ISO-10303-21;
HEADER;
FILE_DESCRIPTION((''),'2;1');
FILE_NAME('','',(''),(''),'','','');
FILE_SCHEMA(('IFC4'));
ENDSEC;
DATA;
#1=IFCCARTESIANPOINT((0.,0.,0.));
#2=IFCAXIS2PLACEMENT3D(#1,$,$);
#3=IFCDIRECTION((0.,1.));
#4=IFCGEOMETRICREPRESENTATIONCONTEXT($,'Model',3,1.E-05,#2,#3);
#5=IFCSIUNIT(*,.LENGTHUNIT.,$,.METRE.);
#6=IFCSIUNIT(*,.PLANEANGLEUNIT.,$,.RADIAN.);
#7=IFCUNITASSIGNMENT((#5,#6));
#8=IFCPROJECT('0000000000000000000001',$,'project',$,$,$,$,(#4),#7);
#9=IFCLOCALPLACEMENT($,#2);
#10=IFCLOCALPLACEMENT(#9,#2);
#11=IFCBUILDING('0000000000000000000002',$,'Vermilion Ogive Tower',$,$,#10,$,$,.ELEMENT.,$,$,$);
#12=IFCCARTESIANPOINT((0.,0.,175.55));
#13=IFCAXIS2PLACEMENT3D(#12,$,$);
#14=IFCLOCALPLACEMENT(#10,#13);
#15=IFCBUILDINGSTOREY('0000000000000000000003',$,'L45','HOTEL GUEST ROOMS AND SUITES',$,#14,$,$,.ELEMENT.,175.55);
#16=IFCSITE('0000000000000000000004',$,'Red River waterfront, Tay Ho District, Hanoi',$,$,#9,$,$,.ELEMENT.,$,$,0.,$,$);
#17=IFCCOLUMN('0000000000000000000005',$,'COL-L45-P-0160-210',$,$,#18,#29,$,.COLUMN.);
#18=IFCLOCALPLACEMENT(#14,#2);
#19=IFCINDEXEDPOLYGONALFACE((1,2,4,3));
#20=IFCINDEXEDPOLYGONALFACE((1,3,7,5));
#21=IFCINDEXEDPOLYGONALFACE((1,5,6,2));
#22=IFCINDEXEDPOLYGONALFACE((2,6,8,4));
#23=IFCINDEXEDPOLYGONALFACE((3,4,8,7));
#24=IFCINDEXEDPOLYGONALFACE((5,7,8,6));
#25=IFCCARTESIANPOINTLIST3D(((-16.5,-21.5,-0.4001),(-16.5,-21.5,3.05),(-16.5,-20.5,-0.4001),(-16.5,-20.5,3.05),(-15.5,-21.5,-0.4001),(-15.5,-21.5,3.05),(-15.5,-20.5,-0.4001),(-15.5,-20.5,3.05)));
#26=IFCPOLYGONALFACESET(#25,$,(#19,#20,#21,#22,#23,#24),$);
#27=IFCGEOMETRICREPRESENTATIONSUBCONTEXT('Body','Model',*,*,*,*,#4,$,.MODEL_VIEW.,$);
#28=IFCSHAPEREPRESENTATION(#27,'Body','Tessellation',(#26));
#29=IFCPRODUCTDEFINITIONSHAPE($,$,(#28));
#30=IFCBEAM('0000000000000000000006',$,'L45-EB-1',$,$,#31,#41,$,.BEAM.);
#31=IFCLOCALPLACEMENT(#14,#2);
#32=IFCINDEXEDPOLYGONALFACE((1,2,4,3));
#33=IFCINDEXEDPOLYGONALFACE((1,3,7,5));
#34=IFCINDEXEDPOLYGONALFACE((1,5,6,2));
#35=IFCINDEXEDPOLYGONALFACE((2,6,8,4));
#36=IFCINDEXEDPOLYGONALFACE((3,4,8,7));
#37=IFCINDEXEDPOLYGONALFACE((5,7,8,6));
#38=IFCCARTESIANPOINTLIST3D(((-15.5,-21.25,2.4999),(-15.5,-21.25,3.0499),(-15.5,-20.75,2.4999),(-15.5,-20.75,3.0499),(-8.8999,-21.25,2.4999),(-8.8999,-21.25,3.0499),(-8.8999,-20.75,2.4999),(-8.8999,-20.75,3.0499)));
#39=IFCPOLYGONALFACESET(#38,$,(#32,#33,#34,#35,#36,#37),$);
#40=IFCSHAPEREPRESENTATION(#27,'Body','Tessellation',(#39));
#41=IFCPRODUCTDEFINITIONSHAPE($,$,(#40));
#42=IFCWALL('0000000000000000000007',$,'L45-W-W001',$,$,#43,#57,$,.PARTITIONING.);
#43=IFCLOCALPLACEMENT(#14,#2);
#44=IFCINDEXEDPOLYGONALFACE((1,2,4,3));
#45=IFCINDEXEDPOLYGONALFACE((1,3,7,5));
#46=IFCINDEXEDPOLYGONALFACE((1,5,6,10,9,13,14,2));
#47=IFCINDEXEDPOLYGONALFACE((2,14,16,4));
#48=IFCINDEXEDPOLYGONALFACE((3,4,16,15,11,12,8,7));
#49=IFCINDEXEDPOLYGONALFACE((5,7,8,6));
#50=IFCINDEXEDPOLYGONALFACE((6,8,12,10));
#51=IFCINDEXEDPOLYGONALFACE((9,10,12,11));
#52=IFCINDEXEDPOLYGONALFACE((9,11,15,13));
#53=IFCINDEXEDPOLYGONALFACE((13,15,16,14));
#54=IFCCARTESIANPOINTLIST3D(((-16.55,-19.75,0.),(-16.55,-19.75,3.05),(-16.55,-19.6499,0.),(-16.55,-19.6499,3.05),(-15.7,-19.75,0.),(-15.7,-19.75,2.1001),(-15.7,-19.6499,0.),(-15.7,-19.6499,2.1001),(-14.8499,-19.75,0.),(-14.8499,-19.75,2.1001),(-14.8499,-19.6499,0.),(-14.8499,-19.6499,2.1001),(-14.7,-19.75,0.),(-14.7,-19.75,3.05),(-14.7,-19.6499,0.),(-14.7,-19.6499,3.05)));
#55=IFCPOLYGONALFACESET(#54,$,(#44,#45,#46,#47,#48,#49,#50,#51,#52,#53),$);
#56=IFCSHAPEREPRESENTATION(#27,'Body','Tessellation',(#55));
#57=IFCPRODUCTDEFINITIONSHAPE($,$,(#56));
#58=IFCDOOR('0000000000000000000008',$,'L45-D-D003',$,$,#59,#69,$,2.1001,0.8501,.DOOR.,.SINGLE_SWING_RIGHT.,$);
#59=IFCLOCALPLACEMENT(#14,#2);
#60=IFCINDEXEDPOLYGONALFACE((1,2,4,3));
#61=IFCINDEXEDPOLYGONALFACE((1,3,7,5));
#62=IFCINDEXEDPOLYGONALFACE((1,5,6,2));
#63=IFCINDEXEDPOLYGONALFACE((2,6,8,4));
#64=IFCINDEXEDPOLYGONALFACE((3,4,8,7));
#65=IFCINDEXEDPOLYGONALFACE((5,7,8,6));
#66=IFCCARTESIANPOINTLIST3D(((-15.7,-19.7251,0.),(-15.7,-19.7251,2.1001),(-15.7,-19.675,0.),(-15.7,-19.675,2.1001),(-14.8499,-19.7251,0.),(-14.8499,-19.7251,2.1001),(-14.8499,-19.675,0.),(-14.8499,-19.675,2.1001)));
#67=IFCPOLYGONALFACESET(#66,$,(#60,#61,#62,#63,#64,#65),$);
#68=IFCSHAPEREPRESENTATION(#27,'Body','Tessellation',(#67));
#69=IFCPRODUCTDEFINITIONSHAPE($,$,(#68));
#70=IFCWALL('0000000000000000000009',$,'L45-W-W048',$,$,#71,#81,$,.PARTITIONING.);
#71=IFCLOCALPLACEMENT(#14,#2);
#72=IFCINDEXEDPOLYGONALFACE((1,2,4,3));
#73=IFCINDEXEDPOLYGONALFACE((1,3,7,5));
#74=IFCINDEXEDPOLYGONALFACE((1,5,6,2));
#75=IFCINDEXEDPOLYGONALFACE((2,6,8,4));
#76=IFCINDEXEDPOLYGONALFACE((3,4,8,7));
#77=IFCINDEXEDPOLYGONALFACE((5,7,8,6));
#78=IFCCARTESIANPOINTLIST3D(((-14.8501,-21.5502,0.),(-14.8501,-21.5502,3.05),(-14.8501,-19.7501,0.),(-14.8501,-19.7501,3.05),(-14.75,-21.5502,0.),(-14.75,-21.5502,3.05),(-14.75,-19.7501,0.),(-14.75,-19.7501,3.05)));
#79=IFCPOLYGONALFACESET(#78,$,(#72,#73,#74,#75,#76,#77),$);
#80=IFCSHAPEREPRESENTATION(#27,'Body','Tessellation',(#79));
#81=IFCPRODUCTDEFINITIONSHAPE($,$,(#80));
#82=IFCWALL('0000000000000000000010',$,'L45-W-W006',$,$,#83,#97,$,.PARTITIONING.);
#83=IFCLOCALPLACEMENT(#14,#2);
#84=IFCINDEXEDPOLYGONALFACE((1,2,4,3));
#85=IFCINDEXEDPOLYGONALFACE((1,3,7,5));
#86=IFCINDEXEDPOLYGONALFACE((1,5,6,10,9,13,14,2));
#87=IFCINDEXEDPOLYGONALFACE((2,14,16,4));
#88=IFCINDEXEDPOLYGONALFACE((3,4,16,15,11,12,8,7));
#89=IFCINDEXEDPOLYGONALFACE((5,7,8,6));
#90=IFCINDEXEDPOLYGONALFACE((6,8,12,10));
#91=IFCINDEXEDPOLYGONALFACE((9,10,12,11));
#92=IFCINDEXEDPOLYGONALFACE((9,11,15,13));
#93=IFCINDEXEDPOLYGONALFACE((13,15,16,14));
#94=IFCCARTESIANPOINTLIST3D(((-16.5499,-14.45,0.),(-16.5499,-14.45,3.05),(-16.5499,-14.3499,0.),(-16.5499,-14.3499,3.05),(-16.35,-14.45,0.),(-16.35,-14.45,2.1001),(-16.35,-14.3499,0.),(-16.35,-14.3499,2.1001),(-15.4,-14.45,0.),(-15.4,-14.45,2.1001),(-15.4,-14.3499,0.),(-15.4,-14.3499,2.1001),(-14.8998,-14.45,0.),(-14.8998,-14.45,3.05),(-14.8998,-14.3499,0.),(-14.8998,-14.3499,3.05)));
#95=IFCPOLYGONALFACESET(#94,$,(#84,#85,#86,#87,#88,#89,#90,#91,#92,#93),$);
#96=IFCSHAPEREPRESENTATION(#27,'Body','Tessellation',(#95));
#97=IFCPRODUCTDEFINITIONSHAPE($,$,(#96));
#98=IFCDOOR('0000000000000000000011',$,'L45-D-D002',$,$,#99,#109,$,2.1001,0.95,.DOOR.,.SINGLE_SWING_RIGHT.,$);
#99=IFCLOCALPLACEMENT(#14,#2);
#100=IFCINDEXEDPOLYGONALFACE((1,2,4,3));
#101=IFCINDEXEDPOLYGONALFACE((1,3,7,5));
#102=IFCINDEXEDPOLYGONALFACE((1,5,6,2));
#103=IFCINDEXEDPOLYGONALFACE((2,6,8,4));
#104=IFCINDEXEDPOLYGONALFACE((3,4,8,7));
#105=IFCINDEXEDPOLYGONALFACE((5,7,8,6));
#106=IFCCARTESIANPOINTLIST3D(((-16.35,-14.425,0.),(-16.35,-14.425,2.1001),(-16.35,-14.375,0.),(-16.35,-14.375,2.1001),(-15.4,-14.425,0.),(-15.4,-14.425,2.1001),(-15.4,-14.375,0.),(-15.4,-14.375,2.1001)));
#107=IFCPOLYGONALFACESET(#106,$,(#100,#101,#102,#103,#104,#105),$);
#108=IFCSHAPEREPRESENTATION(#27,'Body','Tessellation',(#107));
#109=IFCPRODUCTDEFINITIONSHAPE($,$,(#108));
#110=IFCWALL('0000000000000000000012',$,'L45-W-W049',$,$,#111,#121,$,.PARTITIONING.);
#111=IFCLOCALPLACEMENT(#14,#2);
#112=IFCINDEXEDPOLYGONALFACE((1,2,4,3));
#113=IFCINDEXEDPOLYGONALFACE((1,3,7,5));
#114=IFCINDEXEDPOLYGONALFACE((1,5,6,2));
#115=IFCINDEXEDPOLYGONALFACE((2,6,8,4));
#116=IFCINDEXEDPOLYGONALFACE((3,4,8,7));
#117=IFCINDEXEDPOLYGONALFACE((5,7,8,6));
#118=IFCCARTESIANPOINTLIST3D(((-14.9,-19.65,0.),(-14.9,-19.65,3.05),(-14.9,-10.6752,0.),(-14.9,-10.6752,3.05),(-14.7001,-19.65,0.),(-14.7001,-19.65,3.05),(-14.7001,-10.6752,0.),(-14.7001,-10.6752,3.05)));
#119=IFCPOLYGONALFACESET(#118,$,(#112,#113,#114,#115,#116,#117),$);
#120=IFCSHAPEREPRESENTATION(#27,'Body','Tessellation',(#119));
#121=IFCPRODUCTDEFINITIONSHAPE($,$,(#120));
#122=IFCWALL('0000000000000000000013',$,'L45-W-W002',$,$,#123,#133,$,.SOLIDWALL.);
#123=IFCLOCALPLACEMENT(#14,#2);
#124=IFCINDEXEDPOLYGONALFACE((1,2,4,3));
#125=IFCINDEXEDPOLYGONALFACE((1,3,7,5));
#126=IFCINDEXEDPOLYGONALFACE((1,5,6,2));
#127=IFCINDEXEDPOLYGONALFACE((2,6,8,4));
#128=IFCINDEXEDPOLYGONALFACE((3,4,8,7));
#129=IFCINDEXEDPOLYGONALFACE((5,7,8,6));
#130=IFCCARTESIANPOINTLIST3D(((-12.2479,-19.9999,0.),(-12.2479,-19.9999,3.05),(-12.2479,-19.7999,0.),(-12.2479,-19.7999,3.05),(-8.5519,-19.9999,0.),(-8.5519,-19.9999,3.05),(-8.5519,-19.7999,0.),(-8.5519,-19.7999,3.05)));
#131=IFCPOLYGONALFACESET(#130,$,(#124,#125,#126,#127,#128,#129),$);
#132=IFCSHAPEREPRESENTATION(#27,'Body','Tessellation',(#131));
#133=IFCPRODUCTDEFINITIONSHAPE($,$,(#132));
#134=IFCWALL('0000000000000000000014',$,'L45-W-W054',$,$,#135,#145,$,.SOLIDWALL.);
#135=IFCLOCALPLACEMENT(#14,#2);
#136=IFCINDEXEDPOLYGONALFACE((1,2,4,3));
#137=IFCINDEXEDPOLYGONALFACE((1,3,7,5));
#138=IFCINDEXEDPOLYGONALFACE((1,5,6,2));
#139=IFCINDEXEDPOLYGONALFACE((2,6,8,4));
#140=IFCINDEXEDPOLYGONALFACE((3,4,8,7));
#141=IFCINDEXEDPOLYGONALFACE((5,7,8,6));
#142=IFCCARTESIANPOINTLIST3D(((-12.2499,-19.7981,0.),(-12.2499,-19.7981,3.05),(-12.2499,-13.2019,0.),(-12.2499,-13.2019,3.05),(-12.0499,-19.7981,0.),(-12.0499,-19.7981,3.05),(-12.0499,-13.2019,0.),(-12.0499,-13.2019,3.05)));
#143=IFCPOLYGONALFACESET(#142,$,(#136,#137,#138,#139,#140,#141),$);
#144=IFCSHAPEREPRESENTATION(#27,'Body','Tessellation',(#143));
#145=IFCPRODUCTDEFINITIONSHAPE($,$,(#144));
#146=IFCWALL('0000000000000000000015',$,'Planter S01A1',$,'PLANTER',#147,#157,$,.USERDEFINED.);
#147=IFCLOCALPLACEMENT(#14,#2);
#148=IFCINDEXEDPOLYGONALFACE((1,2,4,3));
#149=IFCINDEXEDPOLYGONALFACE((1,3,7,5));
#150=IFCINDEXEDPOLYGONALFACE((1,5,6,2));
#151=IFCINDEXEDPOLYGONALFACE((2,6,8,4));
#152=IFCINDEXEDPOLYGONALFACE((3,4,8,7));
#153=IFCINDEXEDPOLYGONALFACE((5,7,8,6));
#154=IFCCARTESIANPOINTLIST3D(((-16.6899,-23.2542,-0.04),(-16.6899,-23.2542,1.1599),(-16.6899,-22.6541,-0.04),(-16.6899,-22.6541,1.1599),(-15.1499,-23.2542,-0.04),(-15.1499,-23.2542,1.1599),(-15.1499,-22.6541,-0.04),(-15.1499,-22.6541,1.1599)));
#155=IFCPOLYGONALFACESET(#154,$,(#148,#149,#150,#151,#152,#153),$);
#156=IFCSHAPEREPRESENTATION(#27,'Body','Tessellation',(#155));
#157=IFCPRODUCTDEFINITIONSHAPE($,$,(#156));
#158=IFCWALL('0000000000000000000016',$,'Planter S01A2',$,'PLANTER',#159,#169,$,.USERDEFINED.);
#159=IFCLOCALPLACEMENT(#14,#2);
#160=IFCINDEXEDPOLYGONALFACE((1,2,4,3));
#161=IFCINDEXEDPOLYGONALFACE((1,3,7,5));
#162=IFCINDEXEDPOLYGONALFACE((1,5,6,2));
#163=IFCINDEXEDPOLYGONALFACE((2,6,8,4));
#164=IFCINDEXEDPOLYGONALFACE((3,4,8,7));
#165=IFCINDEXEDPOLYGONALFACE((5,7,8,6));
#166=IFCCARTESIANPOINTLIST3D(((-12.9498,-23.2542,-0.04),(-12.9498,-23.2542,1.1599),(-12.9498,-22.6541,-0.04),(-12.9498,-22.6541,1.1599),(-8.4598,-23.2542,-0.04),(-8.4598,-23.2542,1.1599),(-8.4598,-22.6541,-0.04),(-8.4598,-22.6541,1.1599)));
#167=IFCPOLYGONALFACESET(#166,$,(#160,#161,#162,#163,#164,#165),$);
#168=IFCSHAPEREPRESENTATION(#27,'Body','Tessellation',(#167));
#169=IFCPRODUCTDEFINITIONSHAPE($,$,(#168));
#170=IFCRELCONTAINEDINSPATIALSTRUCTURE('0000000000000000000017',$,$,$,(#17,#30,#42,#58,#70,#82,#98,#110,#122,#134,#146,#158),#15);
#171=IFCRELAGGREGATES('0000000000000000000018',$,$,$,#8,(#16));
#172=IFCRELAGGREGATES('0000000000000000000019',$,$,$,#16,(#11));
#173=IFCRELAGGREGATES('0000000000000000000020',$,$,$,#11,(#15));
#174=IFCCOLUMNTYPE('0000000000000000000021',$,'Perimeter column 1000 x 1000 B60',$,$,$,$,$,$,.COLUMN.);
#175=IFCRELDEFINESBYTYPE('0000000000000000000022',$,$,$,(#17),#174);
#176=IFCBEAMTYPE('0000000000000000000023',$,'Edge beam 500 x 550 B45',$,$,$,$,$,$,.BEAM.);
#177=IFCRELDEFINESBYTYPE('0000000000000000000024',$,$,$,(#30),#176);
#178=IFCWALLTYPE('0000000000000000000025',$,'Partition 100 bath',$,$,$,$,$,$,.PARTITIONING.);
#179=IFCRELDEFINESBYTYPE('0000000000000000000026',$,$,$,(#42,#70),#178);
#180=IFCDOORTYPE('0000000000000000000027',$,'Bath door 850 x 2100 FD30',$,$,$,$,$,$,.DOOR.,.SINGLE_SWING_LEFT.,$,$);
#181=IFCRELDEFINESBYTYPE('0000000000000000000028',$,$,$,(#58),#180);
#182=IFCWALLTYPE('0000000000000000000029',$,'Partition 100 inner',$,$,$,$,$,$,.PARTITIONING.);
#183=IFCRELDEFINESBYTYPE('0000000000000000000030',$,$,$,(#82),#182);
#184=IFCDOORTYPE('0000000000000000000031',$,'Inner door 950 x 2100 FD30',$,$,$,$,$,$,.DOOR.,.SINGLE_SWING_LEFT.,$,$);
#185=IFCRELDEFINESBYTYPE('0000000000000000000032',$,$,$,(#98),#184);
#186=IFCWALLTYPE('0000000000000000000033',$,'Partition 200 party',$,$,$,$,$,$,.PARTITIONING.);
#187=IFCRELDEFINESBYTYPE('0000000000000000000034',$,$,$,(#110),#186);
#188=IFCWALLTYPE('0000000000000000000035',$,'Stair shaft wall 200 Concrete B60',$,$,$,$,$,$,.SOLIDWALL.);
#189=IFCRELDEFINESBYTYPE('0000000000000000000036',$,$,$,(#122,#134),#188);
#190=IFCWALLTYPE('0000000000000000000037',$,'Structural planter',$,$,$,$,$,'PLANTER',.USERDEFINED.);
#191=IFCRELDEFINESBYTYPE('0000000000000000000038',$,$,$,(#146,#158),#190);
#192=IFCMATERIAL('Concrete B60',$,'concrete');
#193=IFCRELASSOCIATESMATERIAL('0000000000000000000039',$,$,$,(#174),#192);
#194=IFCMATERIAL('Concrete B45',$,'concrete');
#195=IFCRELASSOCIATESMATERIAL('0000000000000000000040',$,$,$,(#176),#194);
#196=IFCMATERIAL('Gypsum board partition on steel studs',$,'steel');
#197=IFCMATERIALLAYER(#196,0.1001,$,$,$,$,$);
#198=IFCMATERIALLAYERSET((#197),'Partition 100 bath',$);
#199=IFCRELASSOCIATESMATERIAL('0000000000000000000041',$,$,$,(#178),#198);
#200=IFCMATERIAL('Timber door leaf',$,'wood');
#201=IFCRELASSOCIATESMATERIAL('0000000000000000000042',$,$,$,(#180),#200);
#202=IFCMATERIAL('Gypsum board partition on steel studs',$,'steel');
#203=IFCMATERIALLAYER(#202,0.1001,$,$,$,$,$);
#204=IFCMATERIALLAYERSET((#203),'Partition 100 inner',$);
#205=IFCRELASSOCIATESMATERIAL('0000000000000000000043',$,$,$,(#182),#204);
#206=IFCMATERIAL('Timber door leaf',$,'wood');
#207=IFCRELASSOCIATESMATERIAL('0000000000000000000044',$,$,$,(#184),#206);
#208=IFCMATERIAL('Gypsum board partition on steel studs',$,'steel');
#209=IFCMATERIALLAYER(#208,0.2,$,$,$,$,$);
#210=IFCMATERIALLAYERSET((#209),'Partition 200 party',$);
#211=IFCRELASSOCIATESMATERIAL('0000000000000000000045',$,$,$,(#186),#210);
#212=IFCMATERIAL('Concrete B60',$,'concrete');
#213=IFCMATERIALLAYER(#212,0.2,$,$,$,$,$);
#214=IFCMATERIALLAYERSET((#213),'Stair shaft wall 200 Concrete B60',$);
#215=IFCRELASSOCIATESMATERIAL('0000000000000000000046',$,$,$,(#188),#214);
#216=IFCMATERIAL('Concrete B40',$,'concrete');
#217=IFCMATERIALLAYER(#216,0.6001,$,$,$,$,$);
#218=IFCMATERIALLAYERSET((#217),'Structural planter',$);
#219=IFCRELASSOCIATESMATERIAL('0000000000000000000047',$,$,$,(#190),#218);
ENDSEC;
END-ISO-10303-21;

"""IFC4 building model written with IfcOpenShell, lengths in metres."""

from ifc_helpers import new_model, si_unit, direction, frame, frame_2d, origin, origin_2d, place, context, subcontext, project, spatial, rectangle, extrude, material, layer, layer_set, material_profile, profile_set, type_object, element, fill, save


model = new_model("IFC4")

# Units and contexts
model_context = context("Model", 3, precision=1e-05, world=origin(), true_north=direction((0.0, 1.0)))
body_context = subcontext(model_context, "Body", "Model", "MODEL_VIEW")
ifc_project = project(units=[si_unit("LENGTHUNIT", "METRE"), si_unit("PLANEANGLEUNIT", "RADIAN")], contexts=[model_context])

# Site, building, storey
site_placement = place(None, origin())
site = spatial("IfcSite", under=ifc_project, at=site_placement, Name="Red River waterfront, Tay Ho District, Hanoi", CompositionType="ELEMENT", RefElevation=0.0)
building_placement = place(site_placement, origin())
building = spatial("IfcBuilding", under=site, at=building_placement, Name="Vermilion Ogive Tower", CompositionType="ELEMENT")
storey_placement = place(building_placement, frame((0.0, 0.0, 175.55)))
storey = spatial("IfcBuildingStorey", under=building, at=storey_placement, Name="L45", Description="HOTEL GUEST ROOMS AND SUITES", CompositionType="ELEMENT", Elevation=175.55)

# Column
ifc_material_1 = material(Name="Concrete B60", Category="concrete")
ifc_material_profile_1 = material_profile(ifc_material_1, rectangle(XDim=1.0, YDim=1.0, at=origin_2d()), Name="1000 x 1000")
ifc_profile_set_1 = profile_set([ifc_material_profile_1], Name="Concrete B60")
column_type = type_object("IfcColumnType", Name="Perimeter column 1000 x 1000 B60", PredefinedType="COLUMN", material=ifc_profile_set_1)
column_placement = place(storey_placement, frame((-16.0, -21.0, -0.4001), z_axis=(0.0, 0.0, 1.0), x_axis=(1.0, 0.0, 0.0)))
element("IfcColumn", 1, at=column_placement, inside=storey, type_object=column_type, Name="COL-L45-P-0160-210", PredefinedType="COLUMN", context=body_context, shape_type="SweptSolid", body=[
    extrude(rectangle(XDim=1.0, YDim=1.0, at=origin_2d()), origin(), (0.0, 0.0, 1.0), 3.4502),
])

# Beam
ifc_material_2 = material(Name="Concrete B45", Category="concrete")
ifc_material_profile_2 = material_profile(ifc_material_2, rectangle(XDim=0.5, YDim=0.55, at=origin_2d()), Name="500 x 550")
ifc_profile_set_2 = profile_set([ifc_material_profile_2], Name="Concrete B45")
beam_type = type_object("IfcBeamType", Name="Edge beam 500 x 550 B45", PredefinedType="BEAM", material=ifc_profile_set_2)
beam_placement = place(storey_placement, frame((-15.5, -21.0, 2.7749), z_axis=(1.0, 0.0, 0.0), x_axis=(0.0, 1.0, 0.0)))
element("IfcBeam", 2, at=beam_placement, inside=storey, type_object=beam_type, Name="L45-EB-1", PredefinedType="BEAM", context=body_context, shape_type="SweptSolid", body=[
    extrude(rectangle(XDim=0.5, YDim=0.55, at=origin_2d()), origin(), (0.0, 0.0, 1.0), 6.6001),
])

# Wall, opening, door
ifc_material_3 = material(Name="Gypsum board partition on steel studs", Category="steel")
ifc_layer_1 = layer(ifc_material_3, 0.1001)
ifc_layer_set_1 = layer_set([ifc_layer_1], Name="Partition 100 bath")
wall_type_1 = type_object("IfcWallType", Name="Partition 100 bath", PredefinedType="PARTITIONING", material=ifc_layer_set_1)
wall_1_placement = place(storey_placement, frame((-16.55, -19.7, 0.0), z_axis=(0.0, 0.0, 1.0), x_axis=(1.0, 0.0, 0.0)))
wall_1 = element("IfcWall", 3, at=wall_1_placement, inside=storey, type_object=wall_type_1, Name="L45-W-W001", PredefinedType="PARTITIONING", context=body_context, shape_type="SweptSolid", body=[
    extrude(rectangle(XDim=1.8501, YDim=0.1001, at=frame_2d((0.925, 0.0))), origin(), (0.0, 0.0, 1.0), 3.05),
])
opening_1_placement = place(wall_1_placement, frame((0.8501, 0.0, 0.0)))
opening_1 = element("IfcOpeningElement", 4, at=opening_1_placement, cuts=wall_1, PredefinedType="OPENING", context=body_context, shape_type="SweptSolid", body=[
    extrude(rectangle(XDim=0.8501, YDim=2.1001, at=frame_2d((0.425, 1.05))), frame((0.0, 0.0601, 0.0), z_axis=(0.0, -1.0, 0.0), x_axis=(1.0, 0.0, 0.0)), (0.0, 0.0, 1.0), 0.1201),
])
ifc_material_4 = material(Name="Timber door leaf", Category="wood")
door_type_1 = type_object("IfcDoorType", Name="Bath door 850 x 2100 FD30", OperationType="SINGLE_SWING_LEFT", PredefinedType="DOOR", material=ifc_material_4)
door_1_placement = place(opening_1_placement, origin())
door_1 = element("IfcDoor", 5, at=door_1_placement, inside=storey, type_object=door_type_1, Name="L45-D-D003", OperationType="SINGLE_SWING_RIGHT", OverallHeight=2.1001, OverallWidth=0.8501, PredefinedType="DOOR", context=body_context, shape_type="SweptSolid", body=[
    extrude(rectangle(XDim=0.8501, YDim=2.1001, at=frame_2d((0.425, 1.05))), frame((0.0, 0.0249, 0.0), z_axis=(0.0, -1.0, 0.0), x_axis=(1.0, 0.0, 0.0)), (0.0, 0.0, 1.0), 0.05),
])
fill(opening_1, door_1)

# Wall
wall_2_placement = place(storey_placement, frame((-14.8, -21.55, 0.0), z_axis=(0.0, 0.0, 1.0), x_axis=(0.0, 1.0, 0.0)))
element("IfcWall", 6, at=wall_2_placement, inside=storey, type_object=wall_type_1, Name="L45-W-W048", PredefinedType="PARTITIONING", context=body_context, shape_type="SweptSolid", body=[
    extrude(rectangle(XDim=1.8, YDim=0.1001, at=frame_2d((0.8999, 0.0))), origin(), (0.0, 0.0, 1.0), 3.05),
])

# Wall, opening, door
ifc_material_5 = material(Name="Gypsum board partition on steel studs", Category="steel")
ifc_layer_2 = layer(ifc_material_5, 0.1001)
ifc_layer_set_2 = layer_set([ifc_layer_2], Name="Partition 100 inner")
wall_type_2 = type_object("IfcWallType", Name="Partition 100 inner", PredefinedType="PARTITIONING", material=ifc_layer_set_2)
wall_3_placement = place(storey_placement, frame((-16.55, -14.3999, 0.0), z_axis=(0.0, 0.0, 1.0), x_axis=(1.0, 0.0, 0.0)))
wall_3 = element("IfcWall", 7, at=wall_3_placement, inside=storey, type_object=wall_type_2, Name="L45-W-W006", PredefinedType="PARTITIONING", context=body_context, shape_type="SweptSolid", body=[
    extrude(rectangle(XDim=1.6501, YDim=0.1001, at=frame_2d((0.8252, 0.0))), origin(), (0.0, 0.0, 1.0), 3.05),
])
opening_2_placement = place(wall_3_placement, frame((0.2, 0.0, 0.0)))
opening_2 = element("IfcOpeningElement", 8, at=opening_2_placement, cuts=wall_3, PredefinedType="OPENING", context=body_context, shape_type="SweptSolid", body=[
    extrude(rectangle(XDim=0.95, YDim=2.1001, at=frame_2d((0.4751, 1.05))), frame((0.0, 0.0601, 0.0), z_axis=(0.0, -1.0, 0.0), x_axis=(1.0, 0.0, 0.0)), (0.0, 0.0, 1.0), 0.1201),
])
ifc_material_6 = material(Name="Timber door leaf", Category="wood")
door_type_2 = type_object("IfcDoorType", Name="Inner door 950 x 2100 FD30", OperationType="SINGLE_SWING_LEFT", PredefinedType="DOOR", material=ifc_material_6)
door_2_placement = place(opening_2_placement, origin())
door_2 = element("IfcDoor", 9, at=door_2_placement, inside=storey, type_object=door_type_2, Name="L45-D-D002", OperationType="SINGLE_SWING_RIGHT", OverallHeight=2.1001, OverallWidth=0.95, PredefinedType="DOOR", context=body_context, shape_type="SweptSolid", body=[
    extrude(rectangle(XDim=0.95, YDim=2.1001, at=frame_2d((0.4751, 1.05))), frame((0.0, 0.0249, 0.0), z_axis=(0.0, -1.0, 0.0), x_axis=(1.0, 0.0, 0.0)), (0.0, 0.0, 1.0), 0.05),
])
fill(opening_2, door_2)

# Walls
ifc_material_7 = material(Name="Gypsum board partition on steel studs", Category="steel")
ifc_layer_3 = layer(ifc_material_7, 0.2)
ifc_layer_set_3 = layer_set([ifc_layer_3], Name="Partition 200 party")
wall_type_3 = type_object("IfcWallType", Name="Partition 200 party", PredefinedType="PARTITIONING", material=ifc_layer_set_3)
wall_4_placement = place(storey_placement, frame((-14.8, -19.6499, 0.0), z_axis=(0.0, 0.0, 1.0), x_axis=(0.0, 1.0, 0.0)))
element("IfcWall", 10, at=wall_4_placement, inside=storey, type_object=wall_type_3, Name="L45-W-W049", PredefinedType="PARTITIONING", context=body_context, shape_type="SweptSolid", body=[
    extrude(rectangle(XDim=8.9749, YDim=0.2, at=frame_2d((4.4873, 0.0))), origin(), (0.0, 0.0, 1.0), 3.05),
])
ifc_material_8 = material(Name="Concrete B60", Category="concrete")
ifc_layer_4 = layer(ifc_material_8, 0.2)
ifc_layer_set_4 = layer_set([ifc_layer_4], Name="Stair shaft wall 200 Concrete B60")
wall_type_4 = type_object("IfcWallType", Name="Stair shaft wall 200 Concrete B60", PredefinedType="SOLIDWALL", material=ifc_layer_set_4)
wall_5_placement = place(storey_placement, frame((-12.248, -19.8999, 0.0), z_axis=(0.0, 0.0, 1.0), x_axis=(1.0, 0.0, 0.0)))
element("IfcWall", 11, at=wall_5_placement, inside=storey, type_object=wall_type_4, Name="L45-W-W002", PredefinedType="SOLIDWALL", context=body_context, shape_type="SweptSolid", body=[
    extrude(rectangle(XDim=3.696, YDim=0.2, at=frame_2d((1.8481, 0.0))), origin(), (0.0, 0.0, 1.0), 3.05),
])
wall_6_placement = place(storey_placement, frame((-12.1499, -19.7981, 0.0), z_axis=(0.0, 0.0, 1.0), x_axis=(0.0, 1.0, 0.0)))
element("IfcWall", 12, at=wall_6_placement, inside=storey, type_object=wall_type_4, Name="L45-W-W054", PredefinedType="SOLIDWALL", context=body_context, shape_type="SweptSolid", body=[
    extrude(rectangle(XDim=6.5962, YDim=0.2, at=frame_2d((3.2981, 0.0))), origin(), (0.0, 0.0, 1.0), 3.05),
])
ifc_material_9 = material(Name="Concrete B40", Category="concrete")
ifc_layer_5 = layer(ifc_material_9, 0.6001)
ifc_layer_set_5 = layer_set([ifc_layer_5], Name="Structural planter")
wall_type_5 = type_object("IfcWallType", Name="Structural planter", ElementType="PLANTER", PredefinedType="USERDEFINED", material=ifc_layer_set_5)
wall_7_placement = place(storey_placement, frame((-16.6899, -22.9541, -0.04), z_axis=(0.0, 0.0, 1.0), x_axis=(1.0, 0.0, 0.0)))
element("IfcWall", 13, at=wall_7_placement, inside=storey, type_object=wall_type_5, Name="Planter S01A1", ObjectType="PLANTER", PredefinedType="USERDEFINED", context=body_context, shape_type="SweptSolid", body=[
    extrude(rectangle(XDim=1.54, YDim=0.6001, at=frame_2d((0.77, 0.0))), origin(), (0.0, 0.0, 1.0), 1.2),
])
wall_8_placement = place(storey_placement, frame((-12.95, -22.9541, -0.04), z_axis=(0.0, 0.0, 1.0), x_axis=(1.0, 0.0, 0.0)))
element("IfcWall", 14, at=wall_8_placement, inside=storey, type_object=wall_type_5, Name="Planter S01A2", ObjectType="PLANTER", PredefinedType="USERDEFINED", context=body_context, shape_type="SweptSolid", body=[
    extrude(rectangle(XDim=4.49, YDim=0.6001, at=frame_2d((2.2451, 0.0))), origin(), (0.0, 0.0, 1.0), 1.2),
])

save(model, "model.ifc")
